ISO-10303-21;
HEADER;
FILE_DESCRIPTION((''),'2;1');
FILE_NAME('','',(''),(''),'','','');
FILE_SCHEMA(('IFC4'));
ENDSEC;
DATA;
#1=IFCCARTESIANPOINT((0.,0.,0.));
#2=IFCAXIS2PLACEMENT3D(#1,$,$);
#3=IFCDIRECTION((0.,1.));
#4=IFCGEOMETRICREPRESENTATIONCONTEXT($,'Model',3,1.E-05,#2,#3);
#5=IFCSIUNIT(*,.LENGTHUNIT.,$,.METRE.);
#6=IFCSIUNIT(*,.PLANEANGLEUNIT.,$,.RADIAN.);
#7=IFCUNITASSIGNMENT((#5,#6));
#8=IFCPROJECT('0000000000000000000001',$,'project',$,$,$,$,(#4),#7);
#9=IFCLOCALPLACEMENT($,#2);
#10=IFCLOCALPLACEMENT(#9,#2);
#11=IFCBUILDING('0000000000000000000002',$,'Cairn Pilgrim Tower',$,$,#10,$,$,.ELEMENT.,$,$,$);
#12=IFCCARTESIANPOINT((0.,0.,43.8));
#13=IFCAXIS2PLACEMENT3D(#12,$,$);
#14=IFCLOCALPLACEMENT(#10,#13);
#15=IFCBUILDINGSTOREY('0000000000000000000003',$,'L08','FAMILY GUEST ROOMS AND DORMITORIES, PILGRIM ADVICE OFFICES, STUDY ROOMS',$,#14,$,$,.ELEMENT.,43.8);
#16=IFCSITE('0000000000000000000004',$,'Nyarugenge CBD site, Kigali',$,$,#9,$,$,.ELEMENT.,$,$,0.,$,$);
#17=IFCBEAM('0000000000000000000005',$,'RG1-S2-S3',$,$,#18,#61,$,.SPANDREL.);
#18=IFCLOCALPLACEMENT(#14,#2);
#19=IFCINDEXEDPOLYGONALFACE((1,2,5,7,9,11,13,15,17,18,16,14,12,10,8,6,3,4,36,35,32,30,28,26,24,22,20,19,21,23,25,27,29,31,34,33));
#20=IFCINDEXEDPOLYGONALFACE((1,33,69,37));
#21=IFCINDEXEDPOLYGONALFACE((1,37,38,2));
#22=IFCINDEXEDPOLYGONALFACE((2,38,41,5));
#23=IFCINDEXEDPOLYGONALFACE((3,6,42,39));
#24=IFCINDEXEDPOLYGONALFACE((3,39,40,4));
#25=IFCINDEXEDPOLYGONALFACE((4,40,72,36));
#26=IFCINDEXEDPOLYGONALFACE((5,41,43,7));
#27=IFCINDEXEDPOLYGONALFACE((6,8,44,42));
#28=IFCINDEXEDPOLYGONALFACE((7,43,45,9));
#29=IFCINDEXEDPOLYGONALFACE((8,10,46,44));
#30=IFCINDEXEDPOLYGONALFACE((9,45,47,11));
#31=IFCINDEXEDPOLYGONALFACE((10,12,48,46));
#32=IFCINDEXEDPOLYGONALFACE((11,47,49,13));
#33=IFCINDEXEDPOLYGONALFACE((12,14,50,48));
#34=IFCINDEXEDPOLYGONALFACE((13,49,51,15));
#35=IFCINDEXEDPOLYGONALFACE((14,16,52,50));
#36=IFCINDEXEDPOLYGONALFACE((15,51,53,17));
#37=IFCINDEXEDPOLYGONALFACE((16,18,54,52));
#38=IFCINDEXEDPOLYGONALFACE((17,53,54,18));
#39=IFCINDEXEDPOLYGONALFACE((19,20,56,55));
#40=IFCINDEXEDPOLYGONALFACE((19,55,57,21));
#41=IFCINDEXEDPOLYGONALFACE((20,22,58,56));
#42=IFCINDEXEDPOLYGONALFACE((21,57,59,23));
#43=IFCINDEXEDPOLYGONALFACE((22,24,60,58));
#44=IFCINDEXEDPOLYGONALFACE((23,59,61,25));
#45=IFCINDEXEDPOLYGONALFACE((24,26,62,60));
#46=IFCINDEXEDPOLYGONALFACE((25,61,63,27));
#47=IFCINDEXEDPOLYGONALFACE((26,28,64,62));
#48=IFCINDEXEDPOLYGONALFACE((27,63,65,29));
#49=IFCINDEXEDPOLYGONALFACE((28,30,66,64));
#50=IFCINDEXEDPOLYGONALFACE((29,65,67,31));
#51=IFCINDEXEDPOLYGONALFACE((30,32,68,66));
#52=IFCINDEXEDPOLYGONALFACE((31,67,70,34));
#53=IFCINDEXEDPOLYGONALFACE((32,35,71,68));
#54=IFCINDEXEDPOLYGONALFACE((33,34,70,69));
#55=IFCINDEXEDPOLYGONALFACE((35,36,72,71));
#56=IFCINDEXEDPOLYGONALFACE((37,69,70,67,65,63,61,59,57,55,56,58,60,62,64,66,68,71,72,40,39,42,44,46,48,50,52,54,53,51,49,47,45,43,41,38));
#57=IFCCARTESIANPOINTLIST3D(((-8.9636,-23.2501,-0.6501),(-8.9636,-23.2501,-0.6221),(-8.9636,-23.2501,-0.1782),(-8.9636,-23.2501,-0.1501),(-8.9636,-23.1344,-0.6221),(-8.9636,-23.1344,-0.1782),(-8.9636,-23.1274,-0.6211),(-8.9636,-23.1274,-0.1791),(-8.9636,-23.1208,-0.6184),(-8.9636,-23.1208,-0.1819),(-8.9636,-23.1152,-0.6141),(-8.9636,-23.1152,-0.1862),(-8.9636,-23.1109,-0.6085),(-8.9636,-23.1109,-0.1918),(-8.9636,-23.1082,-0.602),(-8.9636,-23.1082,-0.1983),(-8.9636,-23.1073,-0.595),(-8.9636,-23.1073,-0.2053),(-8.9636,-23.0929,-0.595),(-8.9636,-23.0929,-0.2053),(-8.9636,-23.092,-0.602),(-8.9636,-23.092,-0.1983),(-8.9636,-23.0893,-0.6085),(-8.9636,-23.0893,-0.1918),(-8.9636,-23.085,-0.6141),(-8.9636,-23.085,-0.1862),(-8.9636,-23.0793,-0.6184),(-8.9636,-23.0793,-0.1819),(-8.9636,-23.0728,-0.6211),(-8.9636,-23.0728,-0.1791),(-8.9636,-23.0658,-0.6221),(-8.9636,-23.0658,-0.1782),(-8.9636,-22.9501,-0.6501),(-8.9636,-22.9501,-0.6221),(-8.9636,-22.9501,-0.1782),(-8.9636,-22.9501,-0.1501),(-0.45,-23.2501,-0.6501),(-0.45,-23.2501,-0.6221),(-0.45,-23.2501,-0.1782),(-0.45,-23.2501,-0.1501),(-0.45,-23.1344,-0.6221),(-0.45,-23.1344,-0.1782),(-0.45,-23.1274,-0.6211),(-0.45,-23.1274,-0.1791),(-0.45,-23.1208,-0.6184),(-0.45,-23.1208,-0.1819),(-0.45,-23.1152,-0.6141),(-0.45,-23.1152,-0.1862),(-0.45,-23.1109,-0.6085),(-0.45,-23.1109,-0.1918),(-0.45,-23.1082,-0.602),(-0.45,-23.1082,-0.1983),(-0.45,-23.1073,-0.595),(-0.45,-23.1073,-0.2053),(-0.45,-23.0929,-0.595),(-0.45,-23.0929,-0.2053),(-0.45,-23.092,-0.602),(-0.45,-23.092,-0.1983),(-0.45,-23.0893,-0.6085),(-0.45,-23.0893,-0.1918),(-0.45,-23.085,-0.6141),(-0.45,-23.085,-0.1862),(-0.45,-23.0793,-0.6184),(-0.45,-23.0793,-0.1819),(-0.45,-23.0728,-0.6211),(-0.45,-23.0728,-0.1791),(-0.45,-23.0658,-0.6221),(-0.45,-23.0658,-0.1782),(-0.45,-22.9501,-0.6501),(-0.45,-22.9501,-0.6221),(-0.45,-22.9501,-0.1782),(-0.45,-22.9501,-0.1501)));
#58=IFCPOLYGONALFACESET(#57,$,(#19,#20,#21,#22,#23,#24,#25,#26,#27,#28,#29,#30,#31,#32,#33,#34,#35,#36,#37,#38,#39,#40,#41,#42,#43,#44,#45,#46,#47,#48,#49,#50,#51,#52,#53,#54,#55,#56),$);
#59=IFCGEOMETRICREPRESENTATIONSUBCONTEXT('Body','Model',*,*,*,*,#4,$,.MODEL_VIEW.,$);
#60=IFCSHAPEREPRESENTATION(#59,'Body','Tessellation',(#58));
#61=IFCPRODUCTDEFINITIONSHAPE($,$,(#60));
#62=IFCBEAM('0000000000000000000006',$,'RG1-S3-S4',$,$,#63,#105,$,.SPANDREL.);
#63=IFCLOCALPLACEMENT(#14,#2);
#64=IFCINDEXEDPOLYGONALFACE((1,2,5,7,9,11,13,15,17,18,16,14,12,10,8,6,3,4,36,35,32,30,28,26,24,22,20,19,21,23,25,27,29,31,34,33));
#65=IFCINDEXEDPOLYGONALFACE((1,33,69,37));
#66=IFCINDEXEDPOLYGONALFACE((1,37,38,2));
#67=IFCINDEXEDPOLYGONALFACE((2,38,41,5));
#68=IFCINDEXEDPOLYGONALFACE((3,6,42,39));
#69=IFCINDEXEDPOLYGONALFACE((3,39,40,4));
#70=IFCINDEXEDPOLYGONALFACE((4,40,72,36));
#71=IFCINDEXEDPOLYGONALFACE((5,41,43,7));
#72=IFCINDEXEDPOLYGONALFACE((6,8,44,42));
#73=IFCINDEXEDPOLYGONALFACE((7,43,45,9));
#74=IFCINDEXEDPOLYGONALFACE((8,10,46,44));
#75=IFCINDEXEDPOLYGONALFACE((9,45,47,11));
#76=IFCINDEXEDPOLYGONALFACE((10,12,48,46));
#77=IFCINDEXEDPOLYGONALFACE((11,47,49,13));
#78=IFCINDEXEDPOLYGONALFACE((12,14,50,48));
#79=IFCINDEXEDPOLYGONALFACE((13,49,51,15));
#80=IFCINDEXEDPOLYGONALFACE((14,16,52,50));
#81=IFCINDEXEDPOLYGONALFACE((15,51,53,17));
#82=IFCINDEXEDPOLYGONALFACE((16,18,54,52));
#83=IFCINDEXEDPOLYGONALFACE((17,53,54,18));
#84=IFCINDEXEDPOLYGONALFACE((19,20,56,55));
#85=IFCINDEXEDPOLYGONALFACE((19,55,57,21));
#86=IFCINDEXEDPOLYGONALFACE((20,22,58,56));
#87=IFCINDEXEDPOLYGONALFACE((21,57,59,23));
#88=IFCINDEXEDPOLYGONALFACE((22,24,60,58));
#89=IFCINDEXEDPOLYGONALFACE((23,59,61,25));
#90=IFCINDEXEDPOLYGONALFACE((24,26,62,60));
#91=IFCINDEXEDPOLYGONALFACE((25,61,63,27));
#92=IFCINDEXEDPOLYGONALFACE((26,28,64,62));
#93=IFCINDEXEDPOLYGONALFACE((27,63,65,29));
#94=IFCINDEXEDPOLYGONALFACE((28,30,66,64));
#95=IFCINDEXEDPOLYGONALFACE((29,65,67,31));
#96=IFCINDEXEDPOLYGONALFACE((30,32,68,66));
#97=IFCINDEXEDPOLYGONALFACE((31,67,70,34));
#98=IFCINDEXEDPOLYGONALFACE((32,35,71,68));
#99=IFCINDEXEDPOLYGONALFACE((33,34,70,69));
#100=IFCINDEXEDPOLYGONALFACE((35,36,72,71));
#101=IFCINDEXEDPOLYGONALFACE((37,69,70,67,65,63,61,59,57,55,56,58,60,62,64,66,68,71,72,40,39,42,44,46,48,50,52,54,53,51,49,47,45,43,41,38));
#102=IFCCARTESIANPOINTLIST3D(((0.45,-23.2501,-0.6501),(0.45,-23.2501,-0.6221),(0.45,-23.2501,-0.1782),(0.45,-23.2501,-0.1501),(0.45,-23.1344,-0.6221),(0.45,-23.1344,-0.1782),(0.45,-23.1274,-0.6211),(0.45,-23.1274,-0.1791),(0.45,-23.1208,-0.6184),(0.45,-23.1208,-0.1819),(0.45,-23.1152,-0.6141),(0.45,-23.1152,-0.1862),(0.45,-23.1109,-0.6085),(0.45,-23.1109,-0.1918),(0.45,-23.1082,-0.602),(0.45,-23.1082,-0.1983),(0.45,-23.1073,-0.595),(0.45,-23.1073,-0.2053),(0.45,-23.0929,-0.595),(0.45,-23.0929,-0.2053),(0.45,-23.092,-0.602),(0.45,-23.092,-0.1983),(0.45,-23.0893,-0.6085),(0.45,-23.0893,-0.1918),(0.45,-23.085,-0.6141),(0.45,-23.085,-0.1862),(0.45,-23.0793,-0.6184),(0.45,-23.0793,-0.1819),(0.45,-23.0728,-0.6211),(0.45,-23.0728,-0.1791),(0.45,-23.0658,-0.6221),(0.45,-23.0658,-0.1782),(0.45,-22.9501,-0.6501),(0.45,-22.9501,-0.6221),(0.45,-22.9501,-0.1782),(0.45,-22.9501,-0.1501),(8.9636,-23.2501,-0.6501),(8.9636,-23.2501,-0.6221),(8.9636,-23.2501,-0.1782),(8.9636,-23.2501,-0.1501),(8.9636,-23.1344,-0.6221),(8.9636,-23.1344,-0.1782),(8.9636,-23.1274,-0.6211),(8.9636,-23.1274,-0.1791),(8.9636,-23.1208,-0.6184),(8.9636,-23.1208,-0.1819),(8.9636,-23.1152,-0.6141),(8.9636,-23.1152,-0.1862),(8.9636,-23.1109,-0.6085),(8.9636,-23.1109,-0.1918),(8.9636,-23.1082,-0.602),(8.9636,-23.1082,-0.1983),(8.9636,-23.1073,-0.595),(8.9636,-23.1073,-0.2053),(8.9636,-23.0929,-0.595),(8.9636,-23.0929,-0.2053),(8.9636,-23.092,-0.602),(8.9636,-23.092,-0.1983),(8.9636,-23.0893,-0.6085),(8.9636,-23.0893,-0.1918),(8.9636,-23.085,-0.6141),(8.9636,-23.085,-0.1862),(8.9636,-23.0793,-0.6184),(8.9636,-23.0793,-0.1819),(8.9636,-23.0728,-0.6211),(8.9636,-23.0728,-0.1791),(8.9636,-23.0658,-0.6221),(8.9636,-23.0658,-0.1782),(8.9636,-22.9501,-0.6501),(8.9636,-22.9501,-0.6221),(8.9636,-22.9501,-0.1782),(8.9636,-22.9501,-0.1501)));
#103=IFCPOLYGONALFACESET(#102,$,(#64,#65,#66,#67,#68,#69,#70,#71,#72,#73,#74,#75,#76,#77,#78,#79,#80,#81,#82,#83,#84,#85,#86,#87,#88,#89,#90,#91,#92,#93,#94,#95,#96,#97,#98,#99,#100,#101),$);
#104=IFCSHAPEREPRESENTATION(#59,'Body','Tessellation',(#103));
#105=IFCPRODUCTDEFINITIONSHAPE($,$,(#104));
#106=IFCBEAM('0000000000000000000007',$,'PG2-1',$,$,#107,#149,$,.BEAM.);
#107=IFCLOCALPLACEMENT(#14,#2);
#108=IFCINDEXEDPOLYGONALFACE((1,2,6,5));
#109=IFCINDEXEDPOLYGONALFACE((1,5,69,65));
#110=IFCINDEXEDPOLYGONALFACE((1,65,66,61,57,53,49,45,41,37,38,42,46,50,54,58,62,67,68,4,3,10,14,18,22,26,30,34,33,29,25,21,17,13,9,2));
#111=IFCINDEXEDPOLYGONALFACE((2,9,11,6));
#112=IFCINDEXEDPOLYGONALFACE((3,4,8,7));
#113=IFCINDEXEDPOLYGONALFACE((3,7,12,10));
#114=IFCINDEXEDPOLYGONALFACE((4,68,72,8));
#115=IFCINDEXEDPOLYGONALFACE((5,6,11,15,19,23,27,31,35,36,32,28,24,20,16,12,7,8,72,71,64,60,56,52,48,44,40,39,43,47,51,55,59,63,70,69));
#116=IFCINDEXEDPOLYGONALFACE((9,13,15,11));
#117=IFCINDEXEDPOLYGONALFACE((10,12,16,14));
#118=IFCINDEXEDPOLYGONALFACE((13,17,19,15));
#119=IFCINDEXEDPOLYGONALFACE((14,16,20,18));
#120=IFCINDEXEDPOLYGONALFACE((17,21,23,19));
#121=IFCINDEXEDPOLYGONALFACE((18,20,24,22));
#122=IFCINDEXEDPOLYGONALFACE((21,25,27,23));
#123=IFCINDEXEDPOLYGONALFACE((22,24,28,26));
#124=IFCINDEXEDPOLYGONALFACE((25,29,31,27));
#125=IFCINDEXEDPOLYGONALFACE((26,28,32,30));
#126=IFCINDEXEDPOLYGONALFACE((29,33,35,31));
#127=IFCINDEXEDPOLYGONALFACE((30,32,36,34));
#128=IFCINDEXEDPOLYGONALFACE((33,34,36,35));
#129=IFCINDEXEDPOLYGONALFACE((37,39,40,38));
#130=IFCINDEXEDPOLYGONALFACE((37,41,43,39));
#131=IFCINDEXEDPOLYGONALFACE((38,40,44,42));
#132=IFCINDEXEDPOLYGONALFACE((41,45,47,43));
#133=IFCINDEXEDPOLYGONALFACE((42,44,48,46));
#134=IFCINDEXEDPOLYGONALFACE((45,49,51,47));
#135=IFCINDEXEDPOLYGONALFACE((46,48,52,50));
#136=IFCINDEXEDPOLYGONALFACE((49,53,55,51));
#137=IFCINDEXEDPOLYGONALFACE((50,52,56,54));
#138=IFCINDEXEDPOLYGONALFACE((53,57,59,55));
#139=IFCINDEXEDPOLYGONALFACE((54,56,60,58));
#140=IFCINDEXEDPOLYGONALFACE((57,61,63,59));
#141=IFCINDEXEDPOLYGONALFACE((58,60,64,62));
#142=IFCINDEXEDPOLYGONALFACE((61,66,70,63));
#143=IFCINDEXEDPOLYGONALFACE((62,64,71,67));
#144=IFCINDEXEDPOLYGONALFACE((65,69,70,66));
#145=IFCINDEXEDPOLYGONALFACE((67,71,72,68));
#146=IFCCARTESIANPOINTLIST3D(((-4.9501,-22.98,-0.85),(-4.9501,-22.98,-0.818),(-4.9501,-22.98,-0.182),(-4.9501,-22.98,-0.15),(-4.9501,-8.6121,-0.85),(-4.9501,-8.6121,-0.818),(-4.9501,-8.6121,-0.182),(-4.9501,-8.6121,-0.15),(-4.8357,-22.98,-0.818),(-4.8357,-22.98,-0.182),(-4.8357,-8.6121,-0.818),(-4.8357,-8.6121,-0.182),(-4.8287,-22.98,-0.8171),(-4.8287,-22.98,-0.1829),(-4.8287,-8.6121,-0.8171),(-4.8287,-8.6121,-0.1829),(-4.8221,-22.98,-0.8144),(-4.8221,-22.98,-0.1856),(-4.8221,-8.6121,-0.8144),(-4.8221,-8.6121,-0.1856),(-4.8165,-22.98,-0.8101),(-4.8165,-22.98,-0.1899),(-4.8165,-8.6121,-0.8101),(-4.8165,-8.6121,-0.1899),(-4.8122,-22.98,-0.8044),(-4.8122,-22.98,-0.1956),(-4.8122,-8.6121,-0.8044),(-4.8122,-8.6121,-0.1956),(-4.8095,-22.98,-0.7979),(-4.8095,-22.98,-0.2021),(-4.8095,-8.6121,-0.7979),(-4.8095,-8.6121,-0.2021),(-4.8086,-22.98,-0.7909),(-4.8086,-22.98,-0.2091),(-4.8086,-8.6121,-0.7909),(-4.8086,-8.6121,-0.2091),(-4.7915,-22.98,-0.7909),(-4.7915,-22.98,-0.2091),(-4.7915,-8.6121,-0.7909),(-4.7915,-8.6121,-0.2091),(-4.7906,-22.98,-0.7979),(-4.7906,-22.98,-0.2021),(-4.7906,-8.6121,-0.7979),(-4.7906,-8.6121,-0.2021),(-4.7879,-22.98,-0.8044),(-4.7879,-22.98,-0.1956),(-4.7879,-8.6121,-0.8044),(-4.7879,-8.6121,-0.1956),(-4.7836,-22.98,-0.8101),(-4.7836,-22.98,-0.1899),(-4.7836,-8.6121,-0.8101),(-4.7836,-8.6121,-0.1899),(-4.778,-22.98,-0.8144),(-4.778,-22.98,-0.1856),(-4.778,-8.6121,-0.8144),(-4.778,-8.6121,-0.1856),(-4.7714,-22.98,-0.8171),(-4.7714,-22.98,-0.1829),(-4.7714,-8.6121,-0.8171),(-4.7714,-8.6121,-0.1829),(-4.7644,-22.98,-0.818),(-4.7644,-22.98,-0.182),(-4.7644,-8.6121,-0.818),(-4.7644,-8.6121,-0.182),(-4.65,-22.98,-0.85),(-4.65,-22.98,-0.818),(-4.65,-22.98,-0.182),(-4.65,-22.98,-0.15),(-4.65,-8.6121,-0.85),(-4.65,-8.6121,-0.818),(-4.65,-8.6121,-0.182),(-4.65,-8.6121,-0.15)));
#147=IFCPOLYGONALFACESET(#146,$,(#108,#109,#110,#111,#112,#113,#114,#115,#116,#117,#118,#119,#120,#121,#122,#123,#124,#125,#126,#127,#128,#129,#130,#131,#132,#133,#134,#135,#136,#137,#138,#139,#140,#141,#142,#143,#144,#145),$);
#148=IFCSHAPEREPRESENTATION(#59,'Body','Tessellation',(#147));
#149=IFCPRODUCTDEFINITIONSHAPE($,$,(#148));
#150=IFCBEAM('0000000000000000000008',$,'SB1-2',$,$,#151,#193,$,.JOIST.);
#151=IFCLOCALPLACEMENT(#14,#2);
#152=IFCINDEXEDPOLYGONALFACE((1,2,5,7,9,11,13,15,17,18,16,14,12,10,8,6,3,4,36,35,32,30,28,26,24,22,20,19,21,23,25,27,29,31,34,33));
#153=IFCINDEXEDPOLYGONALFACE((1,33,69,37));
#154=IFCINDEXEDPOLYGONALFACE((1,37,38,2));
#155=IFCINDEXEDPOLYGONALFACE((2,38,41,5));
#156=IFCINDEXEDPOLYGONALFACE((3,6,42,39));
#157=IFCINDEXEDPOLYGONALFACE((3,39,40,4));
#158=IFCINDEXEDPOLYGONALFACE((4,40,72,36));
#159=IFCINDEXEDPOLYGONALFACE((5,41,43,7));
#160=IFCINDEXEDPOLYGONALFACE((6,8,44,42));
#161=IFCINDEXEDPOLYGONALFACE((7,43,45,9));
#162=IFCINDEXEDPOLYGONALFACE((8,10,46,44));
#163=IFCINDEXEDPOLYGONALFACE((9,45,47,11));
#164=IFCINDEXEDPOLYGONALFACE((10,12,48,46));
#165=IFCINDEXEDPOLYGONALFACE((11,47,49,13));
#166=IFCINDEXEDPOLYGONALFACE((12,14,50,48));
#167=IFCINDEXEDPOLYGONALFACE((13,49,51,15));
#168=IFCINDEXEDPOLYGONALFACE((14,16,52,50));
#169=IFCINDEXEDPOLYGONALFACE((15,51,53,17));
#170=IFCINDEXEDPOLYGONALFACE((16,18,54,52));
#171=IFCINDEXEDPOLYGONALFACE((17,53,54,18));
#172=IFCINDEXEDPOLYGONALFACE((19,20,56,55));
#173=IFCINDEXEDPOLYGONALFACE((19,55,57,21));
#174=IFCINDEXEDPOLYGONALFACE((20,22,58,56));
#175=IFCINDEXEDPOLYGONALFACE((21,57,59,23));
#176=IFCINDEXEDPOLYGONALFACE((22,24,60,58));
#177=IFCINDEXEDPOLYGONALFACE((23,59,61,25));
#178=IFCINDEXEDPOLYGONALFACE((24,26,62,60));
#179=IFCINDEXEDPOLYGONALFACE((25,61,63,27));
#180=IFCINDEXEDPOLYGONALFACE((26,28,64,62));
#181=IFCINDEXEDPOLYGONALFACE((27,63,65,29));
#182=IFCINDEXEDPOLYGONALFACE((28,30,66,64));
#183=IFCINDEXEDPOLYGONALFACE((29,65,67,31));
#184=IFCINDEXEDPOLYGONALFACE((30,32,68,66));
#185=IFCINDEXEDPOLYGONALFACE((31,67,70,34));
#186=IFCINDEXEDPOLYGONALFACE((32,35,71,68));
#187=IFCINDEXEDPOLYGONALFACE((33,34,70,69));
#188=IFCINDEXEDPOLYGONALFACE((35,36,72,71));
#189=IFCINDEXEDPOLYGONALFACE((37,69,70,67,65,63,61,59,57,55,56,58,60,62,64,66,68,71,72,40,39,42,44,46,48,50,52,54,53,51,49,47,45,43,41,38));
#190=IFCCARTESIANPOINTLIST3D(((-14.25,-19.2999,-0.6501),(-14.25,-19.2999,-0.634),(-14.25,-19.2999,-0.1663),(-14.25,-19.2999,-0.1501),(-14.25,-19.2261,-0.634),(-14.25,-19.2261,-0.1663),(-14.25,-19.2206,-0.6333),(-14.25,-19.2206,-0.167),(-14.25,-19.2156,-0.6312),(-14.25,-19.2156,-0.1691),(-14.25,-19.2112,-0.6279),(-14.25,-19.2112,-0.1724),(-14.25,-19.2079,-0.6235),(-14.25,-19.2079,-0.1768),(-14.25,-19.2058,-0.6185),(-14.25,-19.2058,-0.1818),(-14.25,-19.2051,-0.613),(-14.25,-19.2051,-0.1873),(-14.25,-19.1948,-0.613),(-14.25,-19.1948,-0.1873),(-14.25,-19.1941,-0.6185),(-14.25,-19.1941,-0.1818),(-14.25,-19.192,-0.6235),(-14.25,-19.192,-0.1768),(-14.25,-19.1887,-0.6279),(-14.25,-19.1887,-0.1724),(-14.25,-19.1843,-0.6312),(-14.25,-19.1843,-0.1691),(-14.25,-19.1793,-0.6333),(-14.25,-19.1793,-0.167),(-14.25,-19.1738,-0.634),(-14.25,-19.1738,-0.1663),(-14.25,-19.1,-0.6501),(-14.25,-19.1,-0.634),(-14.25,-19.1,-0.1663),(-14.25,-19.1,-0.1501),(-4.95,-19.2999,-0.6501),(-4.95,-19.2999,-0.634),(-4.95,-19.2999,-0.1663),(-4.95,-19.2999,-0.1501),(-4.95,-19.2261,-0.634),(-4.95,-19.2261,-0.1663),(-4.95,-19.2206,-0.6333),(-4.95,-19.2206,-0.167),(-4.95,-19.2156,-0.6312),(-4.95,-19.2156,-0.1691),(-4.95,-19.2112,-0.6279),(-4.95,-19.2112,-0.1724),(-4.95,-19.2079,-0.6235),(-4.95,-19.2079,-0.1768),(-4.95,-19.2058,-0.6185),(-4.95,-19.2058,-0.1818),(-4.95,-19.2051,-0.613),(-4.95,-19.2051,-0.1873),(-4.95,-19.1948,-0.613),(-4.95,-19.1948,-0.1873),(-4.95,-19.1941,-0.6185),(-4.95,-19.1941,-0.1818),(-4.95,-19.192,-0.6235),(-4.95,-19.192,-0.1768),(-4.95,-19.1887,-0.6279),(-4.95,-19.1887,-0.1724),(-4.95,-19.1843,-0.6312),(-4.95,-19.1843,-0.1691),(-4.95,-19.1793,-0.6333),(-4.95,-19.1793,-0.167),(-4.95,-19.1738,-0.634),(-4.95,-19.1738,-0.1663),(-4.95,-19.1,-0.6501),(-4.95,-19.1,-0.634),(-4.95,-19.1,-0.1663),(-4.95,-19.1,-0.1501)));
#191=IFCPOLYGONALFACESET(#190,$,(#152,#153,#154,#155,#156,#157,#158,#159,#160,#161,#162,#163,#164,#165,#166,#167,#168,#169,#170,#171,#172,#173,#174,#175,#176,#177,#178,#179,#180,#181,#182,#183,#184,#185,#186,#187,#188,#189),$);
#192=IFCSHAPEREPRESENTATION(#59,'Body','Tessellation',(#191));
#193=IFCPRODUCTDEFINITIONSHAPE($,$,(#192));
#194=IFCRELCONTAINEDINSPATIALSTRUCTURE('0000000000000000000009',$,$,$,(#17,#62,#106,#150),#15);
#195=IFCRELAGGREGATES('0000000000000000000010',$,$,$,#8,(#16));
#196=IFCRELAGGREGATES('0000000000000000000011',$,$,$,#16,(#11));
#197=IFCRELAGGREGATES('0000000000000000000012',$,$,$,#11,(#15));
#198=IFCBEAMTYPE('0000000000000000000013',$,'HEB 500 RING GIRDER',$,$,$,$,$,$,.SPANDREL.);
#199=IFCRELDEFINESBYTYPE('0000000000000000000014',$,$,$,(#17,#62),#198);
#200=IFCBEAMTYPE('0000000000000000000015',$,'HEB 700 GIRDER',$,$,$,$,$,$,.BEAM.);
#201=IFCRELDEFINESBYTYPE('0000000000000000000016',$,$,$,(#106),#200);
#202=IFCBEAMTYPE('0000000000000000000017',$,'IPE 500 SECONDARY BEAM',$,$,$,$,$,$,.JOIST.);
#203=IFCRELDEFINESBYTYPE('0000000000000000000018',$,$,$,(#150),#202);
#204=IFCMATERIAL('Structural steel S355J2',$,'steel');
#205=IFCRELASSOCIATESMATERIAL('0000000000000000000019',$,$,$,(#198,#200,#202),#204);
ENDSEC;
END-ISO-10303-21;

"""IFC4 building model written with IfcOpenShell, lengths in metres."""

from ifc_helpers import new_model, si_unit, direction, frame, origin, origin_2d, place, context, subcontext, project, spatial, i_section, extrude, material, material_profile, profile_set, type_object, element, save


model = new_model("IFC4")

# Units and contexts
model_context = context("Model", 3, precision=1e-05, world=origin(), true_north=direction((0.0, 1.0)))
body_context = subcontext(model_context, "Body", "Model", "MODEL_VIEW")
ifc_project = project(units=[si_unit("LENGTHUNIT", "METRE"), si_unit("PLANEANGLEUNIT", "RADIAN")], contexts=[model_context])

# Site, building, storey
site_placement = place(None, origin())
site = spatial("IfcSite", under=ifc_project, at=site_placement, Name="Nyarugenge CBD site, Kigali", CompositionType="ELEMENT", RefElevation=0.0)
building_placement = place(site_placement, origin())
building = spatial("IfcBuilding", under=site, at=building_placement, Name="Cairn Pilgrim Tower", CompositionType="ELEMENT")
storey_placement = place(building_placement, frame((0.0, 0.0, 43.8)))
storey = spatial("IfcBuildingStorey", under=building, at=storey_placement, Name="L08", Description="FAMILY GUEST ROOMS AND DORMITORIES, PILGRIM ADVICE OFFICES, STUDY ROOMS", CompositionType="ELEMENT", Elevation=43.8)

# Beams
ifc_material_1 = material(Name="Structural steel S355J2", Category="steel")
ifc_material_profile_1 = material_profile(ifc_material_1, i_section(OverallWidth=0.3, OverallDepth=0.5, WebThickness=0.0144, FlangeThickness=0.0281, FilletRadius=0.0271, at=origin_2d()), Name="HEB 500")
ifc_profile_set_1 = profile_set([ifc_material_profile_1], Name="Structural steel S355J2")
beam_type_1 = type_object("IfcBeamType", Name="HEB 500 RING GIRDER", PredefinedType="SPANDREL", material=ifc_profile_set_1)
for number, where, z_axis, x_axis, name in (
    (1, (-8.9636, -23.1001, -0.4001), (1.0, 0.0, 0.0), (0.0, 1.0, 0.0), "RG1-S2-S3"),
    (2, (0.45, -23.1001, -0.4001), (1.0, 0.0, 0.0), (0.0, 1.0, 0.0), "RG1-S3-S4"),
):
    element("IfcBeam", number, at=place(storey_placement, frame(where, z_axis=z_axis, x_axis=x_axis)), inside=storey, type_object=beam_type_1, Name=name, PredefinedType="SPANDREL", context=body_context, shape_type="SweptSolid", body=[
        extrude(i_section(OverallWidth=0.3, OverallDepth=0.5, WebThickness=0.0144, FlangeThickness=0.0281, FilletRadius=0.0271, at=origin_2d()), origin(), (0.0, 0.0, 1.0), 8.5137),
    ])
ifc_material_profile_2 = material_profile(ifc_material_1, i_section(OverallWidth=0.3, OverallDepth=0.7, WebThickness=0.0171, FlangeThickness=0.032, FilletRadius=0.0271, at=origin_2d()), Name="HEB 700")
ifc_profile_set_2 = profile_set([ifc_material_profile_2], Name="Structural steel S355J2")
beam_type_2 = type_object("IfcBeamType", Name="HEB 700 GIRDER", PredefinedType="BEAM", material=ifc_profile_set_2)
beam_1_placement = place(storey_placement, frame((-4.8, -22.98, -0.5), z_axis=(0.0, 1.0, 0.0), x_axis=(-1.0, 0.0, 0.0)))
element("IfcBeam", 3, at=beam_1_placement, inside=storey, type_object=beam_type_2, Name="PG2-1", PredefinedType="BEAM", context=body_context, shape_type="SweptSolid", body=[
    extrude(i_section(OverallWidth=0.3, OverallDepth=0.7, WebThickness=0.0171, FlangeThickness=0.032, FilletRadius=0.0271, at=origin_2d()), origin(), (0.0, 0.0, 1.0), 14.3679),
])
ifc_material_profile_3 = material_profile(ifc_material_1, i_section(OverallWidth=0.2, OverallDepth=0.5, WebThickness=0.0103, FlangeThickness=0.0161, FilletRadius=0.021, at=origin_2d()), Name="IPE 500")
ifc_profile_set_3 = profile_set([ifc_material_profile_3], Name="Structural steel S355J2")
beam_type_3 = type_object("IfcBeamType", Name="IPE 500 SECONDARY BEAM", PredefinedType="JOIST", material=ifc_profile_set_3)
beam_2_placement = place(storey_placement, frame((-14.25, -19.2, -0.4001), z_axis=(1.0, 0.0, 0.0), x_axis=(0.0, 1.0, 0.0)))
element("IfcBeam", 4, at=beam_2_placement, inside=storey, type_object=beam_type_3, Name="SB1-2", PredefinedType="JOIST", context=body_context, shape_type="SweptSolid", body=[
    extrude(i_section(OverallWidth=0.2, OverallDepth=0.5, WebThickness=0.0103, FlangeThickness=0.0161, FilletRadius=0.021, at=origin_2d()), origin(), (0.0, 0.0, 1.0), 9.3),
])

save(model, "model.ifc")
